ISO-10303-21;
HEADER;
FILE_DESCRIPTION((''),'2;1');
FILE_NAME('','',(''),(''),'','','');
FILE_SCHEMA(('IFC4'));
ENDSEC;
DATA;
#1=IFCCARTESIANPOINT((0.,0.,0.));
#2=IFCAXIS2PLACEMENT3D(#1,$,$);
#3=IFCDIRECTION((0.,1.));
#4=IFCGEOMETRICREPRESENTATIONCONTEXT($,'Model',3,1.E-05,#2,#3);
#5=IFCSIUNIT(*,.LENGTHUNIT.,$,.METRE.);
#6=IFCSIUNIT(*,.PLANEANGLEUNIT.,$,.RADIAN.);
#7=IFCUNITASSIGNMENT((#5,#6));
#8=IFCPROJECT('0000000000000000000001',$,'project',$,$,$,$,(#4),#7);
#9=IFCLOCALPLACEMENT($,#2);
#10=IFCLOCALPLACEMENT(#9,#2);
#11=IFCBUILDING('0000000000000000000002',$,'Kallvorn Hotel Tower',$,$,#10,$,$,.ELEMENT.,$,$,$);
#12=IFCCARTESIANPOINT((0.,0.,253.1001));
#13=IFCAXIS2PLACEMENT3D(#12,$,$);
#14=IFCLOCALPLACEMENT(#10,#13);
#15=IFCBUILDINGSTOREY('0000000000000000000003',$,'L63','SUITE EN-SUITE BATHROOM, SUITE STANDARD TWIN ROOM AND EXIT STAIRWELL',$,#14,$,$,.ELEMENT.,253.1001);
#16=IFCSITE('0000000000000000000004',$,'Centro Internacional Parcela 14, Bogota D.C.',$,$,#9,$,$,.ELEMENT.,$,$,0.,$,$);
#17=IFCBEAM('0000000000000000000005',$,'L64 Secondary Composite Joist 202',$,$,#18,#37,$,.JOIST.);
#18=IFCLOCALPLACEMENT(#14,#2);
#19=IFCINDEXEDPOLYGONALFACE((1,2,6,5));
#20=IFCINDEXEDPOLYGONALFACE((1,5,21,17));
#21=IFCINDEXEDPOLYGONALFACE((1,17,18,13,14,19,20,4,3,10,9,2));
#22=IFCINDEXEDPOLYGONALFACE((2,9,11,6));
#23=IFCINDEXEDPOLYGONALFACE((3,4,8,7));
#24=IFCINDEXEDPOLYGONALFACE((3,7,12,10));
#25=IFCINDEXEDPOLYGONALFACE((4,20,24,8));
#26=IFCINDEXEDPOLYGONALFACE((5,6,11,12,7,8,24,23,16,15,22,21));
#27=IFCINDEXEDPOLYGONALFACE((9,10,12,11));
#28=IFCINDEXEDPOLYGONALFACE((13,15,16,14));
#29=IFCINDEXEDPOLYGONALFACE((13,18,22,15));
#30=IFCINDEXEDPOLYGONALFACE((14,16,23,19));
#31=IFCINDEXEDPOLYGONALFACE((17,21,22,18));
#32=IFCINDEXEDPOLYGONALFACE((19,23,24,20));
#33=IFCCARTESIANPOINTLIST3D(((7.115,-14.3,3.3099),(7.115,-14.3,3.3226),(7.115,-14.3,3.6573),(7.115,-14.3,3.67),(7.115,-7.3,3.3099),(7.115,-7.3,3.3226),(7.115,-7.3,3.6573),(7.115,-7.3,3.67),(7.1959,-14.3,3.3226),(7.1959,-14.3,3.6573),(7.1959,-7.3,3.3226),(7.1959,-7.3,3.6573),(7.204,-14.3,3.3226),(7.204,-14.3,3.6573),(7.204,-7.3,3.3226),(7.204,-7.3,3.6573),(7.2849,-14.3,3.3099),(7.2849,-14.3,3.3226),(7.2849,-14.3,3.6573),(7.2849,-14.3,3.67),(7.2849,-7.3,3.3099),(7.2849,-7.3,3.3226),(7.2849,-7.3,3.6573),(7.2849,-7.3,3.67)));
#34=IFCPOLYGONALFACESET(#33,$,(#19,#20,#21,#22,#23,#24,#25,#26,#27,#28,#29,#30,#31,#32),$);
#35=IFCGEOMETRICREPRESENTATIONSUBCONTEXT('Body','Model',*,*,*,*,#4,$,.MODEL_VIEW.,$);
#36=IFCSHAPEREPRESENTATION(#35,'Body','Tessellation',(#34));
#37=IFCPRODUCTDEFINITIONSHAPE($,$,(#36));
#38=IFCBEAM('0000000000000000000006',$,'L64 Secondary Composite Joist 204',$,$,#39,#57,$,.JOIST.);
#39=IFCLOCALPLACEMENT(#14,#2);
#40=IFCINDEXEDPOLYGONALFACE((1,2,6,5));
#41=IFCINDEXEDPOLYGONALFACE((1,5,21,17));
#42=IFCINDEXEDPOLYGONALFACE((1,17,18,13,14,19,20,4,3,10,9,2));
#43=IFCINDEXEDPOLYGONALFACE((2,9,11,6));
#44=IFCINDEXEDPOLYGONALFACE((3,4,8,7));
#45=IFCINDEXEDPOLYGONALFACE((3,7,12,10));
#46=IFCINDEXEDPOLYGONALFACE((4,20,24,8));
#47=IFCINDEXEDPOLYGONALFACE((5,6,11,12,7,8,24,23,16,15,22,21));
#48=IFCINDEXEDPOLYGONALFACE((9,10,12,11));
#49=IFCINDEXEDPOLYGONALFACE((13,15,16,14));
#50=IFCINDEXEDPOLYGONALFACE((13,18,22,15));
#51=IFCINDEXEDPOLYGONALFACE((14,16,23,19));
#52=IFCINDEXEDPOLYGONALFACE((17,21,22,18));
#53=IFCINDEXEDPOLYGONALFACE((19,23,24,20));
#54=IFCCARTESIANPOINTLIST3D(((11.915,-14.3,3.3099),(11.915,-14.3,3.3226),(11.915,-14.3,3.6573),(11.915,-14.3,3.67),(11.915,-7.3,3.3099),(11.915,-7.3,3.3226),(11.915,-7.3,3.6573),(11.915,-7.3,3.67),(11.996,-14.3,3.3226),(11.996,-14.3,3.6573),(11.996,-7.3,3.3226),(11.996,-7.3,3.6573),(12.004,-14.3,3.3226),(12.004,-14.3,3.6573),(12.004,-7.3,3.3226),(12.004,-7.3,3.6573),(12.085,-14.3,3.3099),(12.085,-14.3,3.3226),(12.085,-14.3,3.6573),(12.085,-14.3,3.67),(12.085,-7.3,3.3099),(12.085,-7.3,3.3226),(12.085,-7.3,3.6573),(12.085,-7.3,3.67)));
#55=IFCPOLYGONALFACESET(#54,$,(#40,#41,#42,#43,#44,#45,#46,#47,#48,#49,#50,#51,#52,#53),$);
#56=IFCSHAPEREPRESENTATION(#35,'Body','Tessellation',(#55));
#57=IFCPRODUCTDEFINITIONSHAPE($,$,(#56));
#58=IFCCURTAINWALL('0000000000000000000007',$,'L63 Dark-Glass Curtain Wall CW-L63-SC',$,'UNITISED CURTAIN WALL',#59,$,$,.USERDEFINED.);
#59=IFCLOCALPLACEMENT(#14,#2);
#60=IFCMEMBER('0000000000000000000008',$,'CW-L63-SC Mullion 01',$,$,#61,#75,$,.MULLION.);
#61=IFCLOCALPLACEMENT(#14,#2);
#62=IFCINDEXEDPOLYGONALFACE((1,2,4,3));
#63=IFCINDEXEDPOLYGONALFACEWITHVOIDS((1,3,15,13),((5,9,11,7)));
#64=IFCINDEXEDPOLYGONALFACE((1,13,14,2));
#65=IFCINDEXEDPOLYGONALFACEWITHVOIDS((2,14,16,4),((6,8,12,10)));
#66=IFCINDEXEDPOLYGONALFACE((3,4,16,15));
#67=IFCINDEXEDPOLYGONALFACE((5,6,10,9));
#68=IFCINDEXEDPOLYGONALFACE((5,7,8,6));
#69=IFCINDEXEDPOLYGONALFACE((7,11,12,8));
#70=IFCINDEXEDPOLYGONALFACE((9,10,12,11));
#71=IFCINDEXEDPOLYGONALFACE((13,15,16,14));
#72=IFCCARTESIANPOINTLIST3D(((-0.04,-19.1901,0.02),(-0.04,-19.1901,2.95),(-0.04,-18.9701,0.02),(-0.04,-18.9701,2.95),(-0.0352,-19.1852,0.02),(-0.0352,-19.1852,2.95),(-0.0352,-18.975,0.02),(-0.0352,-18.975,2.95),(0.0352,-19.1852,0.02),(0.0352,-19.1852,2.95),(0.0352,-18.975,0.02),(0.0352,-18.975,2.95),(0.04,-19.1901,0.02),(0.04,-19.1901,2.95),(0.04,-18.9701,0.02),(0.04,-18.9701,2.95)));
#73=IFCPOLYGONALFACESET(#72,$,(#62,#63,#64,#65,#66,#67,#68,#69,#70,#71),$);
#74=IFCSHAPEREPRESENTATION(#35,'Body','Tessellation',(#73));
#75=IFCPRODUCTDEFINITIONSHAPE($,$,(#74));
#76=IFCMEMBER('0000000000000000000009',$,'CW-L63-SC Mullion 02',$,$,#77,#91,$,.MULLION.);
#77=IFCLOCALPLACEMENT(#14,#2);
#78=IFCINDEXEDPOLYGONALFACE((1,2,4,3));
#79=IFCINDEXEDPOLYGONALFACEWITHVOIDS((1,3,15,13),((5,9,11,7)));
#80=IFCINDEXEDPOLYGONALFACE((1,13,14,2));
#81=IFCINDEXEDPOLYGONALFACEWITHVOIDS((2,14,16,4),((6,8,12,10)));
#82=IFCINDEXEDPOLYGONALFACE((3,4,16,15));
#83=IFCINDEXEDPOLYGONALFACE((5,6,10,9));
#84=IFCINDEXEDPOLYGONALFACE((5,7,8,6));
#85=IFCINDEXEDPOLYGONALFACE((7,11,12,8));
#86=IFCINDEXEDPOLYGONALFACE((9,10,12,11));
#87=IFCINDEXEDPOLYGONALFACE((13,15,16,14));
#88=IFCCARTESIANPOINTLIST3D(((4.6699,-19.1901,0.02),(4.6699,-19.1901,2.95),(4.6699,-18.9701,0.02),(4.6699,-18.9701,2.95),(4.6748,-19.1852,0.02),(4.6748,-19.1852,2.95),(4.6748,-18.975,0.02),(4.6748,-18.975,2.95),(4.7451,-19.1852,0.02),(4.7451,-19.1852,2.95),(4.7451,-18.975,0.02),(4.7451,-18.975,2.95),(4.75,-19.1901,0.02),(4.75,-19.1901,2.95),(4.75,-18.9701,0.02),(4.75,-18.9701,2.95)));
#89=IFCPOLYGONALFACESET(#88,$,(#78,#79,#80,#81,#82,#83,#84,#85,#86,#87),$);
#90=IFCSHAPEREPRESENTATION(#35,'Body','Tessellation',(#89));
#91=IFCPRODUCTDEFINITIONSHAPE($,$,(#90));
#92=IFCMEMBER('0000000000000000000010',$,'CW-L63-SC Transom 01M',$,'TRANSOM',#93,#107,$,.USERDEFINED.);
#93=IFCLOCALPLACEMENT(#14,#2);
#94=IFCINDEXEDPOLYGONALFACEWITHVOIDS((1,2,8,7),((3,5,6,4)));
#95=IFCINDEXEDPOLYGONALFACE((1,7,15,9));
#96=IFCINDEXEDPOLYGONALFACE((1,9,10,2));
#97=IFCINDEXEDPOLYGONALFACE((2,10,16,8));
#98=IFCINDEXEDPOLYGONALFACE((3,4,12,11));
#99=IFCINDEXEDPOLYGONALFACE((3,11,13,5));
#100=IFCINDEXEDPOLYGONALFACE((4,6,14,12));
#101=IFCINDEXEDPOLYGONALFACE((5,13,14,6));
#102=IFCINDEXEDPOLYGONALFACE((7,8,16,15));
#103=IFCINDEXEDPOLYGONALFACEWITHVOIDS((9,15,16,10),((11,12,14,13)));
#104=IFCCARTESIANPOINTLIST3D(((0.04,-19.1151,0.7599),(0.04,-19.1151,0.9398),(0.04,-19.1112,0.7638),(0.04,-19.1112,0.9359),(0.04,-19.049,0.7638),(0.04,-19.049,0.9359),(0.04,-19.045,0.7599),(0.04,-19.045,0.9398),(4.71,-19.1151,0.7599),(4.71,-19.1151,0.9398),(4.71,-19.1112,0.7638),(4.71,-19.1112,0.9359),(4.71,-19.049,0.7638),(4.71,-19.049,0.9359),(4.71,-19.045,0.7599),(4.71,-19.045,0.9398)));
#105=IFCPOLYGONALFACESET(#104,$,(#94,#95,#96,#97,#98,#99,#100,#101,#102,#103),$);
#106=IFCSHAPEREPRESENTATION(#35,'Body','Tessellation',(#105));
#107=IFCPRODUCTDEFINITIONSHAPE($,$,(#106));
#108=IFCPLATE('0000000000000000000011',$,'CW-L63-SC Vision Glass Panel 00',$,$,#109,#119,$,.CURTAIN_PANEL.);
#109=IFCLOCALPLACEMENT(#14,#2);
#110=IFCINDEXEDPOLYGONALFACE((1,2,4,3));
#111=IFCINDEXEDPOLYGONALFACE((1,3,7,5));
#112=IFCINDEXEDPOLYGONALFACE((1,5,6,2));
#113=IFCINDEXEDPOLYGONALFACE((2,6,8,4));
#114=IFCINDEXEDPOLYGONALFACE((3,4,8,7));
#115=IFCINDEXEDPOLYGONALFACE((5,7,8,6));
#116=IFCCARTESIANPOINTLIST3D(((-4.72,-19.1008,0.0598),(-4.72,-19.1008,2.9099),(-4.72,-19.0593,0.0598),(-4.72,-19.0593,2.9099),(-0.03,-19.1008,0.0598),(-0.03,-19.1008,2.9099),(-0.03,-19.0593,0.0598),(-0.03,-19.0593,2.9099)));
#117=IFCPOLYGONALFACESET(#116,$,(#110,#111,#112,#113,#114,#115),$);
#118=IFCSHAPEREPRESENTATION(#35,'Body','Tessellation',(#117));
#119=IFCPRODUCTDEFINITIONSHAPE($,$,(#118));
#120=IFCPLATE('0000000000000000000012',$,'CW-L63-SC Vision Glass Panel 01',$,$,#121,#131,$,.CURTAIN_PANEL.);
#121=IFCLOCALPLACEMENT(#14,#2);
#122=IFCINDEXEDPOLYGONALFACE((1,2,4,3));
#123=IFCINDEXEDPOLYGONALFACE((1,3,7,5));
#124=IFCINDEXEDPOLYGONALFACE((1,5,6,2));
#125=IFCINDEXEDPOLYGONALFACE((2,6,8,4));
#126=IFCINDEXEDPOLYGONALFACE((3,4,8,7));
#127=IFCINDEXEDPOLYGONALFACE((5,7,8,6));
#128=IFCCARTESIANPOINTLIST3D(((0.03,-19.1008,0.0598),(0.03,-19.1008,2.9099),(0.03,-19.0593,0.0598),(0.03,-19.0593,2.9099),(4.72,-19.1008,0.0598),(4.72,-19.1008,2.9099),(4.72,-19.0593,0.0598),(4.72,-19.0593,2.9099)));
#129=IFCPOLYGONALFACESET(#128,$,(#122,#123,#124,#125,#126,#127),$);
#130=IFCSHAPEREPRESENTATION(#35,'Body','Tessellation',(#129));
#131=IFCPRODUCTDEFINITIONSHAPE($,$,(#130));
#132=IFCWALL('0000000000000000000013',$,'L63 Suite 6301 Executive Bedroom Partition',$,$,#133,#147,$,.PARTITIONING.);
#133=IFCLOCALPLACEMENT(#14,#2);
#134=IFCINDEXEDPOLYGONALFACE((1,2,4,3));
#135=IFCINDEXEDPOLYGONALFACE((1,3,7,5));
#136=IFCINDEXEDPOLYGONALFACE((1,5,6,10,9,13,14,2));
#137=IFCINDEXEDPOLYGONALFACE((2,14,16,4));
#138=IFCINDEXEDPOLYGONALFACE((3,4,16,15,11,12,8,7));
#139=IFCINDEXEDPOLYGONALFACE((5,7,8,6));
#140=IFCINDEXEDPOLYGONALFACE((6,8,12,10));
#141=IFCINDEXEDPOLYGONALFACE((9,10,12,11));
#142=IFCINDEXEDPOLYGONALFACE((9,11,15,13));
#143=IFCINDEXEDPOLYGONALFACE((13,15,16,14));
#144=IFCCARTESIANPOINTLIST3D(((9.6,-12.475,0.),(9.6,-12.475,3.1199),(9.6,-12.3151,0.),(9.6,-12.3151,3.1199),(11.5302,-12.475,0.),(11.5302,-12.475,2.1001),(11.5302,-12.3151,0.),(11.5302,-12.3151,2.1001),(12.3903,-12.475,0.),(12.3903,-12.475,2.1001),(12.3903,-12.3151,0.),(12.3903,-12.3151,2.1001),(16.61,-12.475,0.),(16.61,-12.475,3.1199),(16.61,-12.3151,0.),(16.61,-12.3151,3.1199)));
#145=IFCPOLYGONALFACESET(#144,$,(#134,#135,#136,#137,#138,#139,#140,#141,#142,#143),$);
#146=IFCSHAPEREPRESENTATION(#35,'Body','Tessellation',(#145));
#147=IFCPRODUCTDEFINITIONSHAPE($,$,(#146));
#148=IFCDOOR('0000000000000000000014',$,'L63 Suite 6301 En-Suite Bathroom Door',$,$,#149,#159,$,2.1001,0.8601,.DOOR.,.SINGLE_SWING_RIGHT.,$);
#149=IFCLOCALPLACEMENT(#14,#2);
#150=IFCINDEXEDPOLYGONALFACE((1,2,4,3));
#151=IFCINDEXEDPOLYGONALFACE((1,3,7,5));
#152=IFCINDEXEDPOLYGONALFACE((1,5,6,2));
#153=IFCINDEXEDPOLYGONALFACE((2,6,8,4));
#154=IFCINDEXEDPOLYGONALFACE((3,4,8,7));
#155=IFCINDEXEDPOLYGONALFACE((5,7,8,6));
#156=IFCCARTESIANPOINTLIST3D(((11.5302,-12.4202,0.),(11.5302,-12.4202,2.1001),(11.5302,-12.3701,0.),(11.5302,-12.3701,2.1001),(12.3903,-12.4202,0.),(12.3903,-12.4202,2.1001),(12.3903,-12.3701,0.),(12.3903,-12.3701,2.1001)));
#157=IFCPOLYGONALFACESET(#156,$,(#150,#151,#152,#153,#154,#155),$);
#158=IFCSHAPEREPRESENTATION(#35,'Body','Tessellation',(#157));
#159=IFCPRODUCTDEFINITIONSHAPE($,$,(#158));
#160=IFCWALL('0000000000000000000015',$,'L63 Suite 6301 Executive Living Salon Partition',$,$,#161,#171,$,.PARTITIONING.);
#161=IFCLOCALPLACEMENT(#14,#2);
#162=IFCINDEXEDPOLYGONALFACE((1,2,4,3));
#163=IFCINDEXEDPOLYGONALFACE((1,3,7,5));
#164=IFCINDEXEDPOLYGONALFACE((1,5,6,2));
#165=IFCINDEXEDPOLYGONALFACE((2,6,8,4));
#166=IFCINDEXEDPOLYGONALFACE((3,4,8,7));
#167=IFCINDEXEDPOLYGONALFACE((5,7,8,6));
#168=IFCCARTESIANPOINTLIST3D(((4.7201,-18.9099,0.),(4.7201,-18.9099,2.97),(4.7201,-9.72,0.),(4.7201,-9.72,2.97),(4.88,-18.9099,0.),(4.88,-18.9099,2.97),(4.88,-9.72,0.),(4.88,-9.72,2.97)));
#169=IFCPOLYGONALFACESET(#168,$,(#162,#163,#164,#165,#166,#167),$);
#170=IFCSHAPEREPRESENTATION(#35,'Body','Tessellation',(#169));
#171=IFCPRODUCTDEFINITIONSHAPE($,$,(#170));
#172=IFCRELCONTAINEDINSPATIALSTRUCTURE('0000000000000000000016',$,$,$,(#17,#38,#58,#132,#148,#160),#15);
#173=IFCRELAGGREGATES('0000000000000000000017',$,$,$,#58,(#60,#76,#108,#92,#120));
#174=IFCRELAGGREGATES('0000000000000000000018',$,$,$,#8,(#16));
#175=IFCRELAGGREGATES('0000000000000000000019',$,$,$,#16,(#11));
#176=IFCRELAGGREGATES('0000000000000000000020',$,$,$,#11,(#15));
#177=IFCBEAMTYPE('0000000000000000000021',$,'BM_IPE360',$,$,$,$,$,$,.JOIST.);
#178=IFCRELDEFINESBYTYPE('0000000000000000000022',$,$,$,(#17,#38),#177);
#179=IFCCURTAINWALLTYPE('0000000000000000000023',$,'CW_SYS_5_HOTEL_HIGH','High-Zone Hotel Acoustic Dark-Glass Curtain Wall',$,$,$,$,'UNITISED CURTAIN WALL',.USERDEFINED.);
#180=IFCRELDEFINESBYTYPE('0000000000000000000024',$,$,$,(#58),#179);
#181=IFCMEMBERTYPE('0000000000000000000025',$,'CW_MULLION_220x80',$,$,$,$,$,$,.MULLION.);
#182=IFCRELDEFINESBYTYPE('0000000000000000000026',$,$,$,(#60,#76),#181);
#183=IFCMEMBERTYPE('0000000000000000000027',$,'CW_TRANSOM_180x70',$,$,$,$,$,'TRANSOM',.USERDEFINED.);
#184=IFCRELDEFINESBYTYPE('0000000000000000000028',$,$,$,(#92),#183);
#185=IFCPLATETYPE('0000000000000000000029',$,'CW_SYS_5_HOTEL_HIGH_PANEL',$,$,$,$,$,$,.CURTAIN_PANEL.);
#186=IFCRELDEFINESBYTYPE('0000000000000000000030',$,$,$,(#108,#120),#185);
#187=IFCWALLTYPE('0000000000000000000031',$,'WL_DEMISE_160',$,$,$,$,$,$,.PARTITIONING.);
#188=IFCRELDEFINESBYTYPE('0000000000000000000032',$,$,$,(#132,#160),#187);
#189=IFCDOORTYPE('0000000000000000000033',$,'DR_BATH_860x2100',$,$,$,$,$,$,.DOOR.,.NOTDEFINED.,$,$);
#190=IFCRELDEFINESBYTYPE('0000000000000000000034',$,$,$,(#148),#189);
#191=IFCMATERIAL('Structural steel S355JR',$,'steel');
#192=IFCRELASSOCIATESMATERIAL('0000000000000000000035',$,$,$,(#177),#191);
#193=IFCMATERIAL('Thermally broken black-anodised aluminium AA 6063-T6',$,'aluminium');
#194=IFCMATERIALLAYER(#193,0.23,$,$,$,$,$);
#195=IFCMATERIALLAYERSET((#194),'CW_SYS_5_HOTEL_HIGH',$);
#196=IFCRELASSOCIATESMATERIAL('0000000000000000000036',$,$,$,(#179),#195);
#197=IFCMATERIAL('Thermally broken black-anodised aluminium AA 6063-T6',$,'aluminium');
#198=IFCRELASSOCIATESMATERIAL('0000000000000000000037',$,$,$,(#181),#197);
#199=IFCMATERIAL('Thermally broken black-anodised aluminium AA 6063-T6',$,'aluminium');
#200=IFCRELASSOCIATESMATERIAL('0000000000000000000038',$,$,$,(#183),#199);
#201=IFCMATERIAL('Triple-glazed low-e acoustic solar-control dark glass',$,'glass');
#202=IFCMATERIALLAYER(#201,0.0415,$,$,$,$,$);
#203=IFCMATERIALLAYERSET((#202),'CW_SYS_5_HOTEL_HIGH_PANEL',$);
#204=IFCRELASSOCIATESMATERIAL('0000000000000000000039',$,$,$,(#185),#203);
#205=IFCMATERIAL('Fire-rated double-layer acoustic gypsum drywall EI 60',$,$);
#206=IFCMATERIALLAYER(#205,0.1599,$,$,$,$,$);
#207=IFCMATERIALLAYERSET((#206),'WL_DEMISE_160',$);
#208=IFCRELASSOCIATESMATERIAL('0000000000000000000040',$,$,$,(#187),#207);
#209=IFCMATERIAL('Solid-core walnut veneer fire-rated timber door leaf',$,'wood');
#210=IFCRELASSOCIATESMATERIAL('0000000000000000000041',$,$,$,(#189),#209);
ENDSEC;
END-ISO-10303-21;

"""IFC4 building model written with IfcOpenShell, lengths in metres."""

from ifc_helpers import new_model, si_unit, direction, frame, frame_2d, origin, origin_2d, place, context, subcontext, project, spatial, rectangle, hollow_rectangle, i_section, extrude, material, layer, layer_set, material_profile, profile_set, type_object, element, fill, aggregate, save


model = new_model("IFC4")

# Units and contexts
model_context = context("Model", 3, precision=1e-05, world=origin(), true_north=direction((0.0, 1.0)))
body_context = subcontext(model_context, "Body", "Model", "MODEL_VIEW")
ifc_project = project(units=[si_unit("LENGTHUNIT", "METRE"), si_unit("PLANEANGLEUNIT", "RADIAN")], contexts=[model_context])

# Site, building, storey
site_placement = place(None, origin())
site = spatial("IfcSite", under=ifc_project, at=site_placement, Name="Centro Internacional Parcela 14, Bogota D.C.", CompositionType="ELEMENT", RefElevation=0.0)
building_placement = place(site_placement, origin())
building = spatial("IfcBuilding", under=site, at=building_placement, Name="Kallvorn Hotel Tower", CompositionType="ELEMENT")
storey_placement = place(building_placement, frame((0.0, 0.0, 253.1001)))
storey = spatial("IfcBuildingStorey", under=building, at=storey_placement, Name="L63", Description="SUITE EN-SUITE BATHROOM, SUITE STANDARD TWIN ROOM AND EXIT STAIRWELL", CompositionType="ELEMENT", Elevation=253.1001)

# Beams
ifc_material_1 = material(Name="Structural steel S355JR", Category="steel")
ifc_material_profile_1 = material_profile(ifc_material_1, i_section(OverallWidth=0.1699, OverallDepth=0.3601, WebThickness=0.0081, FlangeThickness=0.0127, at=origin_2d()), Name="IPE 360")
ifc_profile_set_1 = profile_set([ifc_material_profile_1], Name="Structural steel S355JR")
beam_type_1 = type_object("IfcBeamType", Name="BM_IPE360", PredefinedType="JOIST", material=ifc_profile_set_1)
for number, where, z_axis, x_axis, name in (
    (1, (7.2, -14.3, 3.49), (0.0, 1.0, 0.0), (-1.0, 0.0, 0.0), "L64 Secondary Composite Joist 202"),
    (2, (12.0, -14.3, 3.49), (0.0, 1.0, 0.0), (-1.0, 0.0, 0.0), "L64 Secondary Composite Joist 204"),
):
    element("IfcBeam", number, at=place(storey_placement, frame(where, z_axis=z_axis, x_axis=x_axis)), inside=storey, type_object=beam_type_1, Name=name, PredefinedType="JOIST", context=body_context, shape_type="SweptSolid", body=[
        extrude(i_section(OverallWidth=0.1699, OverallDepth=0.3601, WebThickness=0.0081, FlangeThickness=0.0127, at=origin_2d()), origin(), (0.0, 0.0, 1.0), 7.0),
    ])

# Curtain wall, members, plates
ifc_material_2 = material(Name="Thermally broken black-anodised aluminium AA 6063-T6", Category="aluminium")
ifc_layer_1 = layer(ifc_material_2, 0.23)
ifc_layer_set_1 = layer_set([ifc_layer_1], Name="CW_SYS_5_HOTEL_HIGH")
curtain_wall_type = type_object("IfcCurtainWallType", Name="CW_SYS_5_HOTEL_HIGH", Description="High-Zone Hotel Acoustic Dark-Glass Curtain Wall", ElementType="UNITISED CURTAIN WALL", PredefinedType="USERDEFINED", material=ifc_layer_set_1)
curtain_wall_placement = place(storey_placement, origin())
curtain_wall = element("IfcCurtainWall", 3, at=curtain_wall_placement, inside=storey, type_object=curtain_wall_type, Name="L63 Dark-Glass Curtain Wall CW-L63-SC", ObjectType="UNITISED CURTAIN WALL", PredefinedType="USERDEFINED")
ifc_material_3 = material(Name="Thermally broken black-anodised aluminium AA 6063-T6", Category="aluminium")
ifc_material_profile_2 = material_profile(ifc_material_3, hollow_rectangle(XDim=0.0801, YDim=0.22, WallThickness=0.0049, at=origin_2d()), Name="MUL 220x80")
ifc_profile_set_2 = profile_set([ifc_material_profile_2], Name="Thermally broken black-anodised aluminium AA 6063-T6")
member_type_1 = type_object("IfcMemberType", Name="CW_MULLION_220x80", PredefinedType="MULLION", material=ifc_profile_set_2)
member_1_placement = place(storey_placement, frame((0.0, -19.0801, 0.02), z_axis=(0.0, 0.0, 1.0), x_axis=(1.0, 0.0, 0.0)))
member_1 = element("IfcMember", 4, at=member_1_placement, type_object=member_type_1, Name="CW-L63-SC Mullion 01", PredefinedType="MULLION", context=body_context, shape_type="SweptSolid", body=[
    extrude(hollow_rectangle(XDim=0.0801, YDim=0.22, WallThickness=0.0049, at=origin_2d()), origin(), (0.0, 0.0, 1.0), 2.9299),
])
member_2_placement = place(storey_placement, frame((4.71, -19.0801, 0.02), z_axis=(0.0, 0.0, 1.0), x_axis=(1.0, 0.0, 0.0)))
member_2 = element("IfcMember", 5, at=member_2_placement, type_object=member_type_1, Name="CW-L63-SC Mullion 02", PredefinedType="MULLION", context=body_context, shape_type="SweptSolid", body=[
    extrude(hollow_rectangle(XDim=0.0801, YDim=0.22, WallThickness=0.0049, at=origin_2d()), origin(), (0.0, 0.0, 1.0), 2.9299),
])
ifc_material_4 = material(Name="Thermally broken black-anodised aluminium AA 6063-T6", Category="aluminium")
ifc_material_profile_3 = material_profile(ifc_material_4, hollow_rectangle(XDim=0.0701, YDim=0.1799, WallThickness=0.0039, at=origin_2d()), Name="TRN 180x70")
ifc_profile_set_3 = profile_set([ifc_material_profile_3], Name="Thermally broken black-anodised aluminium AA 6063-T6")
member_type_2 = type_object("IfcMemberType", Name="CW_TRANSOM_180x70", ElementType="TRANSOM", PredefinedType="USERDEFINED", material=ifc_profile_set_3)
member_3_placement = place(storey_placement, frame((0.04, -19.0801, 0.8499), z_axis=(1.0, 0.0, 0.0), x_axis=(0.0, 1.0, 0.0)))
member_3 = element("IfcMember", 6, at=member_3_placement, type_object=member_type_2, Name="CW-L63-SC Transom 01M", ObjectType="TRANSOM", PredefinedType="USERDEFINED", context=body_context, shape_type="SweptSolid", body=[
    extrude(hollow_rectangle(XDim=0.0701, YDim=0.1799, WallThickness=0.0039, at=origin_2d()), origin(), (0.0, 0.0, 1.0), 4.6699),
])
ifc_material_5 = material(Name="Triple-glazed low-e acoustic solar-control dark glass", Category="glass")
ifc_layer_2 = layer(ifc_material_5, 0.0415)
ifc_layer_set_2 = layer_set([ifc_layer_2], Name="CW_SYS_5_HOTEL_HIGH_PANEL")
plate_type = type_object("IfcPlateType", Name="CW_SYS_5_HOTEL_HIGH_PANEL", PredefinedType="CURTAIN_PANEL", material=ifc_layer_set_2)
plate_1_placement = place(storey_placement, frame((-2.375, -19.0801, 0.0598), z_axis=(0.0, 0.0, 1.0), x_axis=(1.0, 0.0, 0.0)))
plate_1 = element("IfcPlate", 7, at=plate_1_placement, type_object=plate_type, Name="CW-L63-SC Vision Glass Panel 00", PredefinedType="CURTAIN_PANEL", context=body_context, shape_type="SweptSolid", body=[
    extrude(rectangle(XDim=4.6899, YDim=0.0415, at=origin_2d()), origin(), (0.0, 0.0, 1.0), 2.8501),
])
plate_2_placement = place(storey_placement, frame((2.375, -19.0801, 0.0598), z_axis=(0.0, 0.0, 1.0), x_axis=(1.0, 0.0, 0.0)))
plate_2 = element("IfcPlate", 8, at=plate_2_placement, type_object=plate_type, Name="CW-L63-SC Vision Glass Panel 01", PredefinedType="CURTAIN_PANEL", context=body_context, shape_type="SweptSolid", body=[
    extrude(rectangle(XDim=4.6899, YDim=0.0415, at=origin_2d()), origin(), (0.0, 0.0, 1.0), 2.8501),
])
aggregate(curtain_wall, [member_1, member_2, plate_1, member_3, plate_2])

# Wall, opening, door
ifc_material_6 = material(Name="Fire-rated double-layer acoustic gypsum drywall EI 60")
ifc_layer_3 = layer(ifc_material_6, 0.1599)
ifc_layer_set_3 = layer_set([ifc_layer_3], Name="WL_DEMISE_160")
wall_type_1 = type_object("IfcWallType", Name="WL_DEMISE_160", PredefinedType="PARTITIONING", material=ifc_layer_set_3)
wall_1_placement = place(storey_placement, frame((9.6001, -12.395, 0.0), z_axis=(0.0, 0.0, 1.0), x_axis=(1.0, 0.0, 0.0)))
wall_1 = element("IfcWall", 9, at=wall_1_placement, inside=storey, type_object=wall_type_1, Name="L63 Suite 6301 Executive Bedroom Partition", PredefinedType="PARTITIONING", context=body_context, shape_type="SweptSolid", body=[
    extrude(rectangle(XDim=7.01, YDim=0.1599, at=frame_2d((3.5049, 0.0))), origin(), (0.0, 0.0, 1.0), 3.1199),
])
opening_1_placement = place(wall_1_placement, frame((1.9299, 0.0, 0.0)))
opening_1 = element("IfcOpeningElement", 10, at=opening_1_placement, cuts=wall_1, PredefinedType="OPENING", context=body_context, shape_type="SweptSolid", body=[
    extrude(rectangle(XDim=0.8601, YDim=2.1001, at=frame_2d((0.4302, 1.05))), frame((0.0, 0.095, 0.0), z_axis=(0.0, -1.0, 0.0), x_axis=(1.0, 0.0, 0.0)), (0.0, 0.0, 1.0), 0.1899),
])
ifc_material_7 = material(Name="Solid-core walnut veneer fire-rated timber door leaf", Category="wood")
door_type_1 = type_object("IfcDoorType", Name="DR_BATH_860x2100", OperationType="NOTDEFINED", PredefinedType="DOOR", material=ifc_material_7)
door_1_placement = place(opening_1_placement, origin())
door_1 = element("IfcDoor", 11, at=door_1_placement, inside=storey, type_object=door_type_1, Name="L63 Suite 6301 En-Suite Bathroom Door", OperationType="SINGLE_SWING_RIGHT", OverallHeight=2.1001, OverallWidth=0.8601, PredefinedType="DOOR", context=body_context, shape_type="SweptSolid", body=[
    extrude(rectangle(XDim=0.8601, YDim=2.1001, at=frame_2d((0.4302, 1.05))), frame((0.0, 0.0249, 0.0), z_axis=(0.0, -1.0, 0.0), x_axis=(1.0, 0.0, 0.0)), (0.0, 0.0, 1.0), 0.05),
])
fill(opening_1, door_1)

# Wall
wall_2_placement = place(storey_placement, frame((4.8, -18.9099, 0.0), z_axis=(0.0, 0.0, 1.0), x_axis=(0.0, 1.0, 0.0)))
element("IfcWall", 12, at=wall_2_placement, inside=storey, type_object=wall_type_1, Name="L63 Suite 6301 Executive Living Salon Partition", PredefinedType="PARTITIONING", context=body_context, shape_type="SweptSolid", body=[
    extrude(rectangle(XDim=9.1899, YDim=0.1599, at=frame_2d((4.595, 0.0))), origin(), (0.0, 0.0, 1.0), 2.97),
])

save(model, "model.ifc")
